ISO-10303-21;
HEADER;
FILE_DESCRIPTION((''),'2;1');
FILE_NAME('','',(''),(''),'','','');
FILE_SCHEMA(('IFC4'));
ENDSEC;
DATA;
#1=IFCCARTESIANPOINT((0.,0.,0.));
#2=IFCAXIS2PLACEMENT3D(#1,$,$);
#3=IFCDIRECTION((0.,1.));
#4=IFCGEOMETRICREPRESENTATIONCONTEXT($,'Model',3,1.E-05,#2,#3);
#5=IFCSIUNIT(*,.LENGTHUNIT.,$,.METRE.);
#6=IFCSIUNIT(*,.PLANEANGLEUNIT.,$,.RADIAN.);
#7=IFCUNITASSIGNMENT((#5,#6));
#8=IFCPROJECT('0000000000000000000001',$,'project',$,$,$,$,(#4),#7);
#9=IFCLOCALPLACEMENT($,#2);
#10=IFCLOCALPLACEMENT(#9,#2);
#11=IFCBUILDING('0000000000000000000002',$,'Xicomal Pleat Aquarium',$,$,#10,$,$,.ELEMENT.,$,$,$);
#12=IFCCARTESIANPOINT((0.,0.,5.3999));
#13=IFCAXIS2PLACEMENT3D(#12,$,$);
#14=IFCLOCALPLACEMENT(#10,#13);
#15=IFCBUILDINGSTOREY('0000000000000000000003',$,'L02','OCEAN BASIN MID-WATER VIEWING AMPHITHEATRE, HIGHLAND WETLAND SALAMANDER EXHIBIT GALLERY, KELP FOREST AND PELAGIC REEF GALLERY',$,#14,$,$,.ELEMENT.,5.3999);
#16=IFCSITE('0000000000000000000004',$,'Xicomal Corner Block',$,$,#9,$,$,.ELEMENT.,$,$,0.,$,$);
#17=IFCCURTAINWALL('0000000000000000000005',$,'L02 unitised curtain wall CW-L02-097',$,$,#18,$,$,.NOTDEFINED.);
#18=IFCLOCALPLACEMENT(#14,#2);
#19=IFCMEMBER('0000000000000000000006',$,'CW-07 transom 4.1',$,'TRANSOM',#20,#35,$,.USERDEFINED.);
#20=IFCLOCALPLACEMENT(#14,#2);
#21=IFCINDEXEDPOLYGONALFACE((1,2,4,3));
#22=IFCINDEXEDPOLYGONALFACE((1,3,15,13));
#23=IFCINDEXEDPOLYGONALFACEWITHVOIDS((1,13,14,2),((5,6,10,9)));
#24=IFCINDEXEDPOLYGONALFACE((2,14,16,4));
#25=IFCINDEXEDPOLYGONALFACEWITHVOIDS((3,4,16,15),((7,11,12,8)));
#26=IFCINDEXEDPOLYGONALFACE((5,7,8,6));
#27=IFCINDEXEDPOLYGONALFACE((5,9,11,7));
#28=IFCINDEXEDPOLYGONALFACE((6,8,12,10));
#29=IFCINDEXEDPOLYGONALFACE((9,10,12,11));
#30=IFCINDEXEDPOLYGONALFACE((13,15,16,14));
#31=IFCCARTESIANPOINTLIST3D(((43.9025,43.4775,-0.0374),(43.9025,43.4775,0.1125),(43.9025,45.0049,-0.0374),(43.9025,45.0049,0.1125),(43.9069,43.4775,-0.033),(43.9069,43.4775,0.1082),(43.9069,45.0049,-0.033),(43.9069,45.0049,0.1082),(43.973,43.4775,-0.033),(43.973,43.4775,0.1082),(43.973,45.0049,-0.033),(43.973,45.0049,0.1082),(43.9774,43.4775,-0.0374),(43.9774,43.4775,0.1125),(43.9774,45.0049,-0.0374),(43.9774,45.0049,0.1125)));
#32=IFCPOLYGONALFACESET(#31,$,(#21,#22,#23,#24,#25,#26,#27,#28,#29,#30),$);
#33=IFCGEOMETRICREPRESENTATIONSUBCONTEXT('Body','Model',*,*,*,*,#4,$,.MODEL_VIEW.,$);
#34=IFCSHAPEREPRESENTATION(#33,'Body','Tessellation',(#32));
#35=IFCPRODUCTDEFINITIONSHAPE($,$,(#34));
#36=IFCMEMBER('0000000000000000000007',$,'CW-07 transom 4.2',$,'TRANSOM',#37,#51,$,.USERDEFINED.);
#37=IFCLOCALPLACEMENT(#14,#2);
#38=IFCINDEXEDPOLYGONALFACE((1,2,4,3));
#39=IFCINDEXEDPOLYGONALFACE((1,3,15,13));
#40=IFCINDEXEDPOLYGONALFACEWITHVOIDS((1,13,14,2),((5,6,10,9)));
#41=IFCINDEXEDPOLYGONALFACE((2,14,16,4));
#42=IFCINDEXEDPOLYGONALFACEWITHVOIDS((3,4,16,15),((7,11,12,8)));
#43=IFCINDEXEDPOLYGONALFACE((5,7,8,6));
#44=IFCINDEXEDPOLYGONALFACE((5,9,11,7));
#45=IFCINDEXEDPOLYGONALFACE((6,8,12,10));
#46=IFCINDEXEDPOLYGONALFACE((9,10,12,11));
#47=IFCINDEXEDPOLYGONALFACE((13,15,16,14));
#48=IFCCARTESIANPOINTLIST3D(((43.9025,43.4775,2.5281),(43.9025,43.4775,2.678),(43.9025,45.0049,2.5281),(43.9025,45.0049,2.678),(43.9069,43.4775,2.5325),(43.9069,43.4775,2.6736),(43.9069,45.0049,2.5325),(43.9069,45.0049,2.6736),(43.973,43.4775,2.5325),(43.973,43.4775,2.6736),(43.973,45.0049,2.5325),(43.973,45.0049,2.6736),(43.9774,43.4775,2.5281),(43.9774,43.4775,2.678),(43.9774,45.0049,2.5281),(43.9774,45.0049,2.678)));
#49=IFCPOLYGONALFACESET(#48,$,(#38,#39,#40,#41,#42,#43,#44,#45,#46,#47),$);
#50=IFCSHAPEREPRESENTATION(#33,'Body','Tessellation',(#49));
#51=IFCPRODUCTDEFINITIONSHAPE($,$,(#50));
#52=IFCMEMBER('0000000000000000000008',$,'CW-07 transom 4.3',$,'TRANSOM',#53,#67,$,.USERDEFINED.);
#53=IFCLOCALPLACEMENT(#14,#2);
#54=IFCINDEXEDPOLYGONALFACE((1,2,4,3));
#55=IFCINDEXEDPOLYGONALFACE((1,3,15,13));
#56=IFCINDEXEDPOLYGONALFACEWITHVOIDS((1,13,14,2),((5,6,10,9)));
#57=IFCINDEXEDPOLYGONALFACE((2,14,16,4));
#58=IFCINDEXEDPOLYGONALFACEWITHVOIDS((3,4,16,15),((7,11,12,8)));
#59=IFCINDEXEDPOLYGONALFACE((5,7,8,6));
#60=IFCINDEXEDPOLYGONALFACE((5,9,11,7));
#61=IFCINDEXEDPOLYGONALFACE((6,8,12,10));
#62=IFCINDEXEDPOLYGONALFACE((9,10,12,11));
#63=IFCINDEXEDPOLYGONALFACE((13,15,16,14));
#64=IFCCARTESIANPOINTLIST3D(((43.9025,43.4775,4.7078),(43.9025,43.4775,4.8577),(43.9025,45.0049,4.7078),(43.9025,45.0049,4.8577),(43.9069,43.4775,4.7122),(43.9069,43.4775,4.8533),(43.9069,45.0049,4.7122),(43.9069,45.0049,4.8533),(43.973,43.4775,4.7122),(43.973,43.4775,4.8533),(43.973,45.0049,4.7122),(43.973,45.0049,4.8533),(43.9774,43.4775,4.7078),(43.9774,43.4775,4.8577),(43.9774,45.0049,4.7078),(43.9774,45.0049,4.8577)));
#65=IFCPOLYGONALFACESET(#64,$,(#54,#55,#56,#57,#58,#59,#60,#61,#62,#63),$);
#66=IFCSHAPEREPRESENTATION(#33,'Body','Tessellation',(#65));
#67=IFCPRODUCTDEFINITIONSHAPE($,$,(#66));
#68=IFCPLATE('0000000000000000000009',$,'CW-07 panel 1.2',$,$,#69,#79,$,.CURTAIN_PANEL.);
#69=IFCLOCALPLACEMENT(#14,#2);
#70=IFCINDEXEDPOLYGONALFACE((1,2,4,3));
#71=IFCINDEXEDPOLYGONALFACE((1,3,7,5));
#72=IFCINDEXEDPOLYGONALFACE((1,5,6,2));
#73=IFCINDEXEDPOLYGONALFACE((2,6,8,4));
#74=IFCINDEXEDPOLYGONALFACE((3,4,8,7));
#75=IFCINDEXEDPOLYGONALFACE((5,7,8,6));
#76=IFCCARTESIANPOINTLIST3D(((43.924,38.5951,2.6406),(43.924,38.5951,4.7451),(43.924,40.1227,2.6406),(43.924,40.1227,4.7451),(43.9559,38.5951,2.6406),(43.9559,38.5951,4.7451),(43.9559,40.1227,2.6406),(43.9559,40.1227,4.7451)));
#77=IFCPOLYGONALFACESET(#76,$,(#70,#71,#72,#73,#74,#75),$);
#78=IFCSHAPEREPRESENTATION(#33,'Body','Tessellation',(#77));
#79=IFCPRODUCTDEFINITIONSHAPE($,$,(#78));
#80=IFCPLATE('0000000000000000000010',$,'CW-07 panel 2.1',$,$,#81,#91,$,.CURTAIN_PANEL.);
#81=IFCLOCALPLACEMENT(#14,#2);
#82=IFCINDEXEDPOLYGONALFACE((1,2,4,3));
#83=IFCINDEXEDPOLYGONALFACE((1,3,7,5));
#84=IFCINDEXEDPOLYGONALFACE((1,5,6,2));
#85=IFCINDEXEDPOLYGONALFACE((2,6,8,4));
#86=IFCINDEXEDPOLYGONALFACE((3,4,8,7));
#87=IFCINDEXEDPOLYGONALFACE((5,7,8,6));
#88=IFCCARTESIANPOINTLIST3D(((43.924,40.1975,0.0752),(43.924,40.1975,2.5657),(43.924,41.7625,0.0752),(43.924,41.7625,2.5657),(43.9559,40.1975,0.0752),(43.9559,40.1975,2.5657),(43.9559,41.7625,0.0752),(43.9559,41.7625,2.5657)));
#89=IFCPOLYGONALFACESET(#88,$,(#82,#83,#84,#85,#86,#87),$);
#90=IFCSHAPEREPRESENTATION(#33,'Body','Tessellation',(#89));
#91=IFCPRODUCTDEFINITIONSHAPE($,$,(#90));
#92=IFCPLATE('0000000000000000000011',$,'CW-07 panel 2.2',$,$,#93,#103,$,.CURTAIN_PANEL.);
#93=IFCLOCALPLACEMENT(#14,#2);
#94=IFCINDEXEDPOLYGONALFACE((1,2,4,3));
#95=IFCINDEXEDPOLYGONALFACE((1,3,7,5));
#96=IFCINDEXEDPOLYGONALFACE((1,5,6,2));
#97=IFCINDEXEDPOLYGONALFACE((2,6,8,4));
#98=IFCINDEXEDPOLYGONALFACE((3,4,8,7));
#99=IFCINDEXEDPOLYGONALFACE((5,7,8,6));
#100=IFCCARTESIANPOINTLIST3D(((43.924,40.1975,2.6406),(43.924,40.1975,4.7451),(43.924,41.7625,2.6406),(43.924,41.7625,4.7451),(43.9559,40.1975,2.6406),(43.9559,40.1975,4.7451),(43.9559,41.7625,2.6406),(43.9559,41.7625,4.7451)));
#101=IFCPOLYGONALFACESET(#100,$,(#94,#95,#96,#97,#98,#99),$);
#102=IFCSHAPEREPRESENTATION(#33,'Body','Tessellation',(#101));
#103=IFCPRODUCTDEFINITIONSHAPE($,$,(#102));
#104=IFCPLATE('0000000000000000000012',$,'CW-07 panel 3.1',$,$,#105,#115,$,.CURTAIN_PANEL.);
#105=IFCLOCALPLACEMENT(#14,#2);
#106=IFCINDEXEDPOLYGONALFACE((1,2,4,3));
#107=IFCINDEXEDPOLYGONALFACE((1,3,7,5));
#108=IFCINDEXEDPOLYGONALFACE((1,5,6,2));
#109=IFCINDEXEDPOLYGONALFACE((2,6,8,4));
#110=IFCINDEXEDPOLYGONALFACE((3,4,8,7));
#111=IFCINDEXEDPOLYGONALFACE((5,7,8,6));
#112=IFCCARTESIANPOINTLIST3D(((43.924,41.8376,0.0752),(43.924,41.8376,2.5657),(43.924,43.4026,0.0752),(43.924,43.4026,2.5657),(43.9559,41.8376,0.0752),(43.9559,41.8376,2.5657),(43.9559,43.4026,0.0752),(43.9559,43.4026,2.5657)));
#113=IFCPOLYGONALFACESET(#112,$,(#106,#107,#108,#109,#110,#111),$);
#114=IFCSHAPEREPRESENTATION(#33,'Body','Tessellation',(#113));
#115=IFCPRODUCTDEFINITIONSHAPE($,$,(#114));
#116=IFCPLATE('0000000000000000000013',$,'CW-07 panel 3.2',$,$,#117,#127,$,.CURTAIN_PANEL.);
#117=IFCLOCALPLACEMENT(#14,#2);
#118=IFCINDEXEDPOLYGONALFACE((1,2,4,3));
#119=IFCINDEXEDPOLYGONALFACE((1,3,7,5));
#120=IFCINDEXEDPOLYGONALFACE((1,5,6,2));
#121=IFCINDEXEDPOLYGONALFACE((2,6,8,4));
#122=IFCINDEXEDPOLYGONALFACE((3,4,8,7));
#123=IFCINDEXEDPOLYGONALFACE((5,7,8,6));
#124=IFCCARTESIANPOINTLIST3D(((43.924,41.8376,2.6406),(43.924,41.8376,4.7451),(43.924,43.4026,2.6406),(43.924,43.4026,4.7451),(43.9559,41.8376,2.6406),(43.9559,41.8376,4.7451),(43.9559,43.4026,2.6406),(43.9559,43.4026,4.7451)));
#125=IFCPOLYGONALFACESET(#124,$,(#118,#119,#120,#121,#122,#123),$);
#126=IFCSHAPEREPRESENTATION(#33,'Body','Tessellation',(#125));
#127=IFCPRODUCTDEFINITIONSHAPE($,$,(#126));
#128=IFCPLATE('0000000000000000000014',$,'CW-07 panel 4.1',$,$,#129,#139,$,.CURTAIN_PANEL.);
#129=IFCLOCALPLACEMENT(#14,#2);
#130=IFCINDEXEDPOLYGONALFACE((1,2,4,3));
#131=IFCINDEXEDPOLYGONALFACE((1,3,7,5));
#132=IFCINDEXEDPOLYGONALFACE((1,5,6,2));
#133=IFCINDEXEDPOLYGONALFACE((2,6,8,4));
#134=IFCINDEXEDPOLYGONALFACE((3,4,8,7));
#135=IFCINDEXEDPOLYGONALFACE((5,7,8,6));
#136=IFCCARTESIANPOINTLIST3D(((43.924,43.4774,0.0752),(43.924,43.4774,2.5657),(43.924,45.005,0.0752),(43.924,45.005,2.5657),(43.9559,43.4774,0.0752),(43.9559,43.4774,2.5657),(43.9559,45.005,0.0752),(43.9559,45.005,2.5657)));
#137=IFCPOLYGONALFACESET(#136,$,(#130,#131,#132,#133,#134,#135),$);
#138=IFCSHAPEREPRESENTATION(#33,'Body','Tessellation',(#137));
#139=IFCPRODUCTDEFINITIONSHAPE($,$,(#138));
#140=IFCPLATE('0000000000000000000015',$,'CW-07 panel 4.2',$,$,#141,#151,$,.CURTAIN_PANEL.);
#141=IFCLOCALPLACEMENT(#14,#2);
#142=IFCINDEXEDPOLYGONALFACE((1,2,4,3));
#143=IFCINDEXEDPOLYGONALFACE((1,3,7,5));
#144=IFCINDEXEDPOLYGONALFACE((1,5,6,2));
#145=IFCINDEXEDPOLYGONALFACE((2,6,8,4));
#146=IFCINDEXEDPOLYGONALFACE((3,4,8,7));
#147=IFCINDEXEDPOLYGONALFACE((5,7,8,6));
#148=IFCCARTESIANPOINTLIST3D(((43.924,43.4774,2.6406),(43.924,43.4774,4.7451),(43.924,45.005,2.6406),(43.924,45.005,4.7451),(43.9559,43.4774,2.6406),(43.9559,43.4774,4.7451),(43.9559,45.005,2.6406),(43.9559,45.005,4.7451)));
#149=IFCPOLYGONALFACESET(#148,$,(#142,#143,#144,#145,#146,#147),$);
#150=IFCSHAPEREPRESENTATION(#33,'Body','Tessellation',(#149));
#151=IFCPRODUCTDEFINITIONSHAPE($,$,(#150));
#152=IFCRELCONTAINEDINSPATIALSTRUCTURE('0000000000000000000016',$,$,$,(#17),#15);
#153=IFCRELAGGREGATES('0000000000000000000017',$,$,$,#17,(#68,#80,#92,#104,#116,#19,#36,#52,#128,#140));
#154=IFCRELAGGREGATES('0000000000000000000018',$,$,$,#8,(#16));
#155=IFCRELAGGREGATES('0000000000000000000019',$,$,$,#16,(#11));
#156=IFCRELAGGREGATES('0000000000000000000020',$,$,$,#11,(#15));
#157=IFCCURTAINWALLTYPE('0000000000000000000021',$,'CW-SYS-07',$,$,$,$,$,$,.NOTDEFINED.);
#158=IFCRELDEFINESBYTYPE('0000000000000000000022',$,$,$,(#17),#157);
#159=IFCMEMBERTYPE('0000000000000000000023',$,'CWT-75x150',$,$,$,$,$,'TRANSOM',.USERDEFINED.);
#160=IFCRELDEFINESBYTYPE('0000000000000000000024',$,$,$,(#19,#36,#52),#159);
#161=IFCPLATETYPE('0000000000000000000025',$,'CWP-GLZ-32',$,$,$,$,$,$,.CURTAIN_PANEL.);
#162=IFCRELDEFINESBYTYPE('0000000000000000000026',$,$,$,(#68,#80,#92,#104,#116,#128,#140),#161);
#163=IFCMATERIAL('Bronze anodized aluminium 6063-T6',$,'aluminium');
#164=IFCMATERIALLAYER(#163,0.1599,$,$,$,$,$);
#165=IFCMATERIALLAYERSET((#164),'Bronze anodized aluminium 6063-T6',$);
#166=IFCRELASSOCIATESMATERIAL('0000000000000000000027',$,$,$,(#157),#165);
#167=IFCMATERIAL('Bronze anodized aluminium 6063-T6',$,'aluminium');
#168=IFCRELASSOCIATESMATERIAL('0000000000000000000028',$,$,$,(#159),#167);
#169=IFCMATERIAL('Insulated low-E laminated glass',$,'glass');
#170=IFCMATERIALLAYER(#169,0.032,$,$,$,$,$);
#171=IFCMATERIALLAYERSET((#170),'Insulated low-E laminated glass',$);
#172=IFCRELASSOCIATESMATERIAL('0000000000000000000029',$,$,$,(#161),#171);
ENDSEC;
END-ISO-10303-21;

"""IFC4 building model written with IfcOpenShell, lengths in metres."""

from ifc_helpers import new_model, si_unit, direction, frame, origin, origin_2d, place, context, subcontext, project, spatial, rectangle, hollow_rectangle, extrude, material, layer, layer_set, material_profile, profile_set, type_object, element, aggregate, save


model = new_model("IFC4")

# Units and contexts
model_context = context("Model", 3, precision=1e-05, world=origin(), true_north=direction((0.0, 1.0)))
body_context = subcontext(model_context, "Body", "Model", "MODEL_VIEW")
ifc_project = project(units=[si_unit("LENGTHUNIT", "METRE"), si_unit("PLANEANGLEUNIT", "RADIAN")], contexts=[model_context])

# Site, building, storey
site_placement = place(None, origin())
site = spatial("IfcSite", under=ifc_project, at=site_placement, Name="Xicomal Corner Block", CompositionType="ELEMENT", RefElevation=0.0)
building_placement = place(site_placement, origin())
building = spatial("IfcBuilding", under=site, at=building_placement, Name="Xicomal Pleat Aquarium", CompositionType="ELEMENT")
storey_placement = place(building_placement, frame((0.0, 0.0, 5.3999)))
storey = spatial("IfcBuildingStorey", under=building, at=storey_placement, Name="L02", Description="OCEAN BASIN MID-WATER VIEWING AMPHITHEATRE, HIGHLAND WETLAND SALAMANDER EXHIBIT GALLERY, KELP FOREST AND PELAGIC REEF GALLERY", CompositionType="ELEMENT", Elevation=5.3999)

# Curtain wall, members, plates
ifc_material_1 = material(Name="Bronze anodized aluminium 6063-T6", Category="aluminium")
ifc_layer_1 = layer(ifc_material_1, 0.1599)
ifc_layer_set_1 = layer_set([ifc_layer_1], Name="Bronze anodized aluminium 6063-T6")
curtain_wall_type = type_object("IfcCurtainWallType", Name="CW-SYS-07", PredefinedType="NOTDEFINED", material=ifc_layer_set_1)
curtain_wall_placement = place(storey_placement, origin())
curtain_wall = element("IfcCurtainWall", 1, at=curtain_wall_placement, inside=storey, type_object=curtain_wall_type, Name="L02 unitised curtain wall CW-L02-097", PredefinedType="NOTDEFINED")
ifc_material_2 = material(Name="Bronze anodized aluminium 6063-T6", Category="aluminium")
ifc_material_profile_1 = material_profile(ifc_material_2, hollow_rectangle(XDim=0.075, YDim=0.1499, WallThickness=0.0044, at=origin_2d()), Name="ALU TRAN 75x150")
ifc_profile_set_1 = profile_set([ifc_material_profile_1], Name="Bronze anodized aluminium 6063-T6")
member_type_1 = type_object("IfcMemberType", Name="CWT-75x150", ElementType="TRANSOM", PredefinedType="USERDEFINED", material=ifc_profile_set_1)
member_1_placement = place(storey_placement, frame((43.9399, 43.4775, 0.0376), z_axis=(0.0, 1.0, 0.0), x_axis=(-1.0, 0.0, 0.0)))
member_1 = element("IfcMember", 2, at=member_1_placement, type_object=member_type_1, Name="CW-07 transom 4.1", ObjectType="TRANSOM", PredefinedType="USERDEFINED", context=body_context, shape_type="SweptSolid", body=[
    extrude(hollow_rectangle(XDim=0.075, YDim=0.1499, WallThickness=0.0044, at=origin_2d()), origin(), (0.0, 0.0, 1.0), 1.5273),
])
member_2_placement = place(storey_placement, frame((43.9399, 43.4775, 2.603), z_axis=(0.0, 1.0, 0.0), x_axis=(-1.0, 0.0, 0.0)))
member_2 = element("IfcMember", 3, at=member_2_placement, type_object=member_type_1, Name="CW-07 transom 4.2", ObjectType="TRANSOM", PredefinedType="USERDEFINED", context=body_context, shape_type="SweptSolid", body=[
    extrude(hollow_rectangle(XDim=0.075, YDim=0.1499, WallThickness=0.0044, at=origin_2d()), origin(), (0.0, 0.0, 1.0), 1.5273),
])
member_3_placement = place(storey_placement, frame((43.9399, 43.4775, 4.7827), z_axis=(0.0, 1.0, 0.0), x_axis=(-1.0, 0.0, 0.0)))
member_3 = element("IfcMember", 4, at=member_3_placement, type_object=member_type_1, Name="CW-07 transom 4.3", ObjectType="TRANSOM", PredefinedType="USERDEFINED", context=body_context, shape_type="SweptSolid", body=[
    extrude(hollow_rectangle(XDim=0.075, YDim=0.1499, WallThickness=0.0044, at=origin_2d()), origin(), (0.0, 0.0, 1.0), 1.5273),
])
ifc_material_3 = material(Name="Insulated low-E laminated glass", Category="glass")
ifc_layer_2 = layer(ifc_material_3, 0.032)
ifc_layer_set_2 = layer_set([ifc_layer_2], Name="Insulated low-E laminated glass")
plate_type = type_object("IfcPlateType", Name="CWP-GLZ-32", PredefinedType="CURTAIN_PANEL", material=ifc_layer_set_2)
plate_1_placement = place(storey_placement, frame((43.9399, 39.3589, 2.6406), z_axis=(0.0, 0.0, 1.0), x_axis=(0.0, 1.0, 0.0)))
plate_1 = element("IfcPlate", 5, at=plate_1_placement, type_object=plate_type, Name="CW-07 panel 1.2", PredefinedType="CURTAIN_PANEL", context=body_context, shape_type="SweptSolid", body=[
    extrude(rectangle(XDim=1.5276, YDim=0.032, at=origin_2d()), origin(), (0.0, 0.0, 1.0), 2.1045),
])
plate_2_placement = place(storey_placement, frame((43.9399, 40.98, 0.0752), z_axis=(0.0, 0.0, 1.0), x_axis=(0.0, 1.0, 0.0)))
plate_2 = element("IfcPlate", 6, at=plate_2_placement, type_object=plate_type, Name="CW-07 panel 2.1", PredefinedType="CURTAIN_PANEL", context=body_context, shape_type="SweptSolid", body=[
    extrude(rectangle(XDim=1.5649, YDim=0.032, at=origin_2d()), origin(), (0.0, 0.0, 1.0), 2.4905),
])
plate_3_placement = place(storey_placement, frame((43.9399, 40.98, 2.6406), z_axis=(0.0, 0.0, 1.0), x_axis=(0.0, 1.0, 0.0)))
plate_3 = element("IfcPlate", 7, at=plate_3_placement, type_object=plate_type, Name="CW-07 panel 2.2", PredefinedType="CURTAIN_PANEL", context=body_context, shape_type="SweptSolid", body=[
    extrude(rectangle(XDim=1.5649, YDim=0.032, at=origin_2d()), origin(), (0.0, 0.0, 1.0), 2.1045),
])
plate_4_placement = place(storey_placement, frame((43.9399, 42.6201, 0.0752), z_axis=(0.0, 0.0, 1.0), x_axis=(0.0, 1.0, 0.0)))
plate_4 = element("IfcPlate", 8, at=plate_4_placement, type_object=plate_type, Name="CW-07 panel 3.1", PredefinedType="CURTAIN_PANEL", context=body_context, shape_type="SweptSolid", body=[
    extrude(rectangle(XDim=1.5649, YDim=0.032, at=origin_2d()), origin(), (0.0, 0.0, 1.0), 2.4905),
])
plate_5_placement = place(storey_placement, frame((43.9399, 42.6201, 2.6406), z_axis=(0.0, 0.0, 1.0), x_axis=(0.0, 1.0, 0.0)))
plate_5 = element("IfcPlate", 9, at=plate_5_placement, type_object=plate_type, Name="CW-07 panel 3.2", PredefinedType="CURTAIN_PANEL", context=body_context, shape_type="SweptSolid", body=[
    extrude(rectangle(XDim=1.5649, YDim=0.032, at=origin_2d()), origin(), (0.0, 0.0, 1.0), 2.1045),
])
plate_6_placement = place(storey_placement, frame((43.9399, 44.2412, 0.0752), z_axis=(0.0, 0.0, 1.0), x_axis=(0.0, 1.0, 0.0)))
plate_6 = element("IfcPlate", 10, at=plate_6_placement, type_object=plate_type, Name="CW-07 panel 4.1", PredefinedType="CURTAIN_PANEL", context=body_context, shape_type="SweptSolid", body=[
    extrude(rectangle(XDim=1.5276, YDim=0.032, at=origin_2d()), origin(), (0.0, 0.0, 1.0), 2.4905),
])
plate_7_placement = place(storey_placement, frame((43.9399, 44.2412, 2.6406), z_axis=(0.0, 0.0, 1.0), x_axis=(0.0, 1.0, 0.0)))
plate_7 = element("IfcPlate", 11, at=plate_7_placement, type_object=plate_type, Name="CW-07 panel 4.2", PredefinedType="CURTAIN_PANEL", context=body_context, shape_type="SweptSolid", body=[
    extrude(rectangle(XDim=1.5276, YDim=0.032, at=origin_2d()), origin(), (0.0, 0.0, 1.0), 2.1045),
])
aggregate(curtain_wall, [plate_1, plate_2, plate_3, plate_4, plate_5, member_1, member_2, member_3, plate_6, plate_7])

save(model, "model.ifc")
